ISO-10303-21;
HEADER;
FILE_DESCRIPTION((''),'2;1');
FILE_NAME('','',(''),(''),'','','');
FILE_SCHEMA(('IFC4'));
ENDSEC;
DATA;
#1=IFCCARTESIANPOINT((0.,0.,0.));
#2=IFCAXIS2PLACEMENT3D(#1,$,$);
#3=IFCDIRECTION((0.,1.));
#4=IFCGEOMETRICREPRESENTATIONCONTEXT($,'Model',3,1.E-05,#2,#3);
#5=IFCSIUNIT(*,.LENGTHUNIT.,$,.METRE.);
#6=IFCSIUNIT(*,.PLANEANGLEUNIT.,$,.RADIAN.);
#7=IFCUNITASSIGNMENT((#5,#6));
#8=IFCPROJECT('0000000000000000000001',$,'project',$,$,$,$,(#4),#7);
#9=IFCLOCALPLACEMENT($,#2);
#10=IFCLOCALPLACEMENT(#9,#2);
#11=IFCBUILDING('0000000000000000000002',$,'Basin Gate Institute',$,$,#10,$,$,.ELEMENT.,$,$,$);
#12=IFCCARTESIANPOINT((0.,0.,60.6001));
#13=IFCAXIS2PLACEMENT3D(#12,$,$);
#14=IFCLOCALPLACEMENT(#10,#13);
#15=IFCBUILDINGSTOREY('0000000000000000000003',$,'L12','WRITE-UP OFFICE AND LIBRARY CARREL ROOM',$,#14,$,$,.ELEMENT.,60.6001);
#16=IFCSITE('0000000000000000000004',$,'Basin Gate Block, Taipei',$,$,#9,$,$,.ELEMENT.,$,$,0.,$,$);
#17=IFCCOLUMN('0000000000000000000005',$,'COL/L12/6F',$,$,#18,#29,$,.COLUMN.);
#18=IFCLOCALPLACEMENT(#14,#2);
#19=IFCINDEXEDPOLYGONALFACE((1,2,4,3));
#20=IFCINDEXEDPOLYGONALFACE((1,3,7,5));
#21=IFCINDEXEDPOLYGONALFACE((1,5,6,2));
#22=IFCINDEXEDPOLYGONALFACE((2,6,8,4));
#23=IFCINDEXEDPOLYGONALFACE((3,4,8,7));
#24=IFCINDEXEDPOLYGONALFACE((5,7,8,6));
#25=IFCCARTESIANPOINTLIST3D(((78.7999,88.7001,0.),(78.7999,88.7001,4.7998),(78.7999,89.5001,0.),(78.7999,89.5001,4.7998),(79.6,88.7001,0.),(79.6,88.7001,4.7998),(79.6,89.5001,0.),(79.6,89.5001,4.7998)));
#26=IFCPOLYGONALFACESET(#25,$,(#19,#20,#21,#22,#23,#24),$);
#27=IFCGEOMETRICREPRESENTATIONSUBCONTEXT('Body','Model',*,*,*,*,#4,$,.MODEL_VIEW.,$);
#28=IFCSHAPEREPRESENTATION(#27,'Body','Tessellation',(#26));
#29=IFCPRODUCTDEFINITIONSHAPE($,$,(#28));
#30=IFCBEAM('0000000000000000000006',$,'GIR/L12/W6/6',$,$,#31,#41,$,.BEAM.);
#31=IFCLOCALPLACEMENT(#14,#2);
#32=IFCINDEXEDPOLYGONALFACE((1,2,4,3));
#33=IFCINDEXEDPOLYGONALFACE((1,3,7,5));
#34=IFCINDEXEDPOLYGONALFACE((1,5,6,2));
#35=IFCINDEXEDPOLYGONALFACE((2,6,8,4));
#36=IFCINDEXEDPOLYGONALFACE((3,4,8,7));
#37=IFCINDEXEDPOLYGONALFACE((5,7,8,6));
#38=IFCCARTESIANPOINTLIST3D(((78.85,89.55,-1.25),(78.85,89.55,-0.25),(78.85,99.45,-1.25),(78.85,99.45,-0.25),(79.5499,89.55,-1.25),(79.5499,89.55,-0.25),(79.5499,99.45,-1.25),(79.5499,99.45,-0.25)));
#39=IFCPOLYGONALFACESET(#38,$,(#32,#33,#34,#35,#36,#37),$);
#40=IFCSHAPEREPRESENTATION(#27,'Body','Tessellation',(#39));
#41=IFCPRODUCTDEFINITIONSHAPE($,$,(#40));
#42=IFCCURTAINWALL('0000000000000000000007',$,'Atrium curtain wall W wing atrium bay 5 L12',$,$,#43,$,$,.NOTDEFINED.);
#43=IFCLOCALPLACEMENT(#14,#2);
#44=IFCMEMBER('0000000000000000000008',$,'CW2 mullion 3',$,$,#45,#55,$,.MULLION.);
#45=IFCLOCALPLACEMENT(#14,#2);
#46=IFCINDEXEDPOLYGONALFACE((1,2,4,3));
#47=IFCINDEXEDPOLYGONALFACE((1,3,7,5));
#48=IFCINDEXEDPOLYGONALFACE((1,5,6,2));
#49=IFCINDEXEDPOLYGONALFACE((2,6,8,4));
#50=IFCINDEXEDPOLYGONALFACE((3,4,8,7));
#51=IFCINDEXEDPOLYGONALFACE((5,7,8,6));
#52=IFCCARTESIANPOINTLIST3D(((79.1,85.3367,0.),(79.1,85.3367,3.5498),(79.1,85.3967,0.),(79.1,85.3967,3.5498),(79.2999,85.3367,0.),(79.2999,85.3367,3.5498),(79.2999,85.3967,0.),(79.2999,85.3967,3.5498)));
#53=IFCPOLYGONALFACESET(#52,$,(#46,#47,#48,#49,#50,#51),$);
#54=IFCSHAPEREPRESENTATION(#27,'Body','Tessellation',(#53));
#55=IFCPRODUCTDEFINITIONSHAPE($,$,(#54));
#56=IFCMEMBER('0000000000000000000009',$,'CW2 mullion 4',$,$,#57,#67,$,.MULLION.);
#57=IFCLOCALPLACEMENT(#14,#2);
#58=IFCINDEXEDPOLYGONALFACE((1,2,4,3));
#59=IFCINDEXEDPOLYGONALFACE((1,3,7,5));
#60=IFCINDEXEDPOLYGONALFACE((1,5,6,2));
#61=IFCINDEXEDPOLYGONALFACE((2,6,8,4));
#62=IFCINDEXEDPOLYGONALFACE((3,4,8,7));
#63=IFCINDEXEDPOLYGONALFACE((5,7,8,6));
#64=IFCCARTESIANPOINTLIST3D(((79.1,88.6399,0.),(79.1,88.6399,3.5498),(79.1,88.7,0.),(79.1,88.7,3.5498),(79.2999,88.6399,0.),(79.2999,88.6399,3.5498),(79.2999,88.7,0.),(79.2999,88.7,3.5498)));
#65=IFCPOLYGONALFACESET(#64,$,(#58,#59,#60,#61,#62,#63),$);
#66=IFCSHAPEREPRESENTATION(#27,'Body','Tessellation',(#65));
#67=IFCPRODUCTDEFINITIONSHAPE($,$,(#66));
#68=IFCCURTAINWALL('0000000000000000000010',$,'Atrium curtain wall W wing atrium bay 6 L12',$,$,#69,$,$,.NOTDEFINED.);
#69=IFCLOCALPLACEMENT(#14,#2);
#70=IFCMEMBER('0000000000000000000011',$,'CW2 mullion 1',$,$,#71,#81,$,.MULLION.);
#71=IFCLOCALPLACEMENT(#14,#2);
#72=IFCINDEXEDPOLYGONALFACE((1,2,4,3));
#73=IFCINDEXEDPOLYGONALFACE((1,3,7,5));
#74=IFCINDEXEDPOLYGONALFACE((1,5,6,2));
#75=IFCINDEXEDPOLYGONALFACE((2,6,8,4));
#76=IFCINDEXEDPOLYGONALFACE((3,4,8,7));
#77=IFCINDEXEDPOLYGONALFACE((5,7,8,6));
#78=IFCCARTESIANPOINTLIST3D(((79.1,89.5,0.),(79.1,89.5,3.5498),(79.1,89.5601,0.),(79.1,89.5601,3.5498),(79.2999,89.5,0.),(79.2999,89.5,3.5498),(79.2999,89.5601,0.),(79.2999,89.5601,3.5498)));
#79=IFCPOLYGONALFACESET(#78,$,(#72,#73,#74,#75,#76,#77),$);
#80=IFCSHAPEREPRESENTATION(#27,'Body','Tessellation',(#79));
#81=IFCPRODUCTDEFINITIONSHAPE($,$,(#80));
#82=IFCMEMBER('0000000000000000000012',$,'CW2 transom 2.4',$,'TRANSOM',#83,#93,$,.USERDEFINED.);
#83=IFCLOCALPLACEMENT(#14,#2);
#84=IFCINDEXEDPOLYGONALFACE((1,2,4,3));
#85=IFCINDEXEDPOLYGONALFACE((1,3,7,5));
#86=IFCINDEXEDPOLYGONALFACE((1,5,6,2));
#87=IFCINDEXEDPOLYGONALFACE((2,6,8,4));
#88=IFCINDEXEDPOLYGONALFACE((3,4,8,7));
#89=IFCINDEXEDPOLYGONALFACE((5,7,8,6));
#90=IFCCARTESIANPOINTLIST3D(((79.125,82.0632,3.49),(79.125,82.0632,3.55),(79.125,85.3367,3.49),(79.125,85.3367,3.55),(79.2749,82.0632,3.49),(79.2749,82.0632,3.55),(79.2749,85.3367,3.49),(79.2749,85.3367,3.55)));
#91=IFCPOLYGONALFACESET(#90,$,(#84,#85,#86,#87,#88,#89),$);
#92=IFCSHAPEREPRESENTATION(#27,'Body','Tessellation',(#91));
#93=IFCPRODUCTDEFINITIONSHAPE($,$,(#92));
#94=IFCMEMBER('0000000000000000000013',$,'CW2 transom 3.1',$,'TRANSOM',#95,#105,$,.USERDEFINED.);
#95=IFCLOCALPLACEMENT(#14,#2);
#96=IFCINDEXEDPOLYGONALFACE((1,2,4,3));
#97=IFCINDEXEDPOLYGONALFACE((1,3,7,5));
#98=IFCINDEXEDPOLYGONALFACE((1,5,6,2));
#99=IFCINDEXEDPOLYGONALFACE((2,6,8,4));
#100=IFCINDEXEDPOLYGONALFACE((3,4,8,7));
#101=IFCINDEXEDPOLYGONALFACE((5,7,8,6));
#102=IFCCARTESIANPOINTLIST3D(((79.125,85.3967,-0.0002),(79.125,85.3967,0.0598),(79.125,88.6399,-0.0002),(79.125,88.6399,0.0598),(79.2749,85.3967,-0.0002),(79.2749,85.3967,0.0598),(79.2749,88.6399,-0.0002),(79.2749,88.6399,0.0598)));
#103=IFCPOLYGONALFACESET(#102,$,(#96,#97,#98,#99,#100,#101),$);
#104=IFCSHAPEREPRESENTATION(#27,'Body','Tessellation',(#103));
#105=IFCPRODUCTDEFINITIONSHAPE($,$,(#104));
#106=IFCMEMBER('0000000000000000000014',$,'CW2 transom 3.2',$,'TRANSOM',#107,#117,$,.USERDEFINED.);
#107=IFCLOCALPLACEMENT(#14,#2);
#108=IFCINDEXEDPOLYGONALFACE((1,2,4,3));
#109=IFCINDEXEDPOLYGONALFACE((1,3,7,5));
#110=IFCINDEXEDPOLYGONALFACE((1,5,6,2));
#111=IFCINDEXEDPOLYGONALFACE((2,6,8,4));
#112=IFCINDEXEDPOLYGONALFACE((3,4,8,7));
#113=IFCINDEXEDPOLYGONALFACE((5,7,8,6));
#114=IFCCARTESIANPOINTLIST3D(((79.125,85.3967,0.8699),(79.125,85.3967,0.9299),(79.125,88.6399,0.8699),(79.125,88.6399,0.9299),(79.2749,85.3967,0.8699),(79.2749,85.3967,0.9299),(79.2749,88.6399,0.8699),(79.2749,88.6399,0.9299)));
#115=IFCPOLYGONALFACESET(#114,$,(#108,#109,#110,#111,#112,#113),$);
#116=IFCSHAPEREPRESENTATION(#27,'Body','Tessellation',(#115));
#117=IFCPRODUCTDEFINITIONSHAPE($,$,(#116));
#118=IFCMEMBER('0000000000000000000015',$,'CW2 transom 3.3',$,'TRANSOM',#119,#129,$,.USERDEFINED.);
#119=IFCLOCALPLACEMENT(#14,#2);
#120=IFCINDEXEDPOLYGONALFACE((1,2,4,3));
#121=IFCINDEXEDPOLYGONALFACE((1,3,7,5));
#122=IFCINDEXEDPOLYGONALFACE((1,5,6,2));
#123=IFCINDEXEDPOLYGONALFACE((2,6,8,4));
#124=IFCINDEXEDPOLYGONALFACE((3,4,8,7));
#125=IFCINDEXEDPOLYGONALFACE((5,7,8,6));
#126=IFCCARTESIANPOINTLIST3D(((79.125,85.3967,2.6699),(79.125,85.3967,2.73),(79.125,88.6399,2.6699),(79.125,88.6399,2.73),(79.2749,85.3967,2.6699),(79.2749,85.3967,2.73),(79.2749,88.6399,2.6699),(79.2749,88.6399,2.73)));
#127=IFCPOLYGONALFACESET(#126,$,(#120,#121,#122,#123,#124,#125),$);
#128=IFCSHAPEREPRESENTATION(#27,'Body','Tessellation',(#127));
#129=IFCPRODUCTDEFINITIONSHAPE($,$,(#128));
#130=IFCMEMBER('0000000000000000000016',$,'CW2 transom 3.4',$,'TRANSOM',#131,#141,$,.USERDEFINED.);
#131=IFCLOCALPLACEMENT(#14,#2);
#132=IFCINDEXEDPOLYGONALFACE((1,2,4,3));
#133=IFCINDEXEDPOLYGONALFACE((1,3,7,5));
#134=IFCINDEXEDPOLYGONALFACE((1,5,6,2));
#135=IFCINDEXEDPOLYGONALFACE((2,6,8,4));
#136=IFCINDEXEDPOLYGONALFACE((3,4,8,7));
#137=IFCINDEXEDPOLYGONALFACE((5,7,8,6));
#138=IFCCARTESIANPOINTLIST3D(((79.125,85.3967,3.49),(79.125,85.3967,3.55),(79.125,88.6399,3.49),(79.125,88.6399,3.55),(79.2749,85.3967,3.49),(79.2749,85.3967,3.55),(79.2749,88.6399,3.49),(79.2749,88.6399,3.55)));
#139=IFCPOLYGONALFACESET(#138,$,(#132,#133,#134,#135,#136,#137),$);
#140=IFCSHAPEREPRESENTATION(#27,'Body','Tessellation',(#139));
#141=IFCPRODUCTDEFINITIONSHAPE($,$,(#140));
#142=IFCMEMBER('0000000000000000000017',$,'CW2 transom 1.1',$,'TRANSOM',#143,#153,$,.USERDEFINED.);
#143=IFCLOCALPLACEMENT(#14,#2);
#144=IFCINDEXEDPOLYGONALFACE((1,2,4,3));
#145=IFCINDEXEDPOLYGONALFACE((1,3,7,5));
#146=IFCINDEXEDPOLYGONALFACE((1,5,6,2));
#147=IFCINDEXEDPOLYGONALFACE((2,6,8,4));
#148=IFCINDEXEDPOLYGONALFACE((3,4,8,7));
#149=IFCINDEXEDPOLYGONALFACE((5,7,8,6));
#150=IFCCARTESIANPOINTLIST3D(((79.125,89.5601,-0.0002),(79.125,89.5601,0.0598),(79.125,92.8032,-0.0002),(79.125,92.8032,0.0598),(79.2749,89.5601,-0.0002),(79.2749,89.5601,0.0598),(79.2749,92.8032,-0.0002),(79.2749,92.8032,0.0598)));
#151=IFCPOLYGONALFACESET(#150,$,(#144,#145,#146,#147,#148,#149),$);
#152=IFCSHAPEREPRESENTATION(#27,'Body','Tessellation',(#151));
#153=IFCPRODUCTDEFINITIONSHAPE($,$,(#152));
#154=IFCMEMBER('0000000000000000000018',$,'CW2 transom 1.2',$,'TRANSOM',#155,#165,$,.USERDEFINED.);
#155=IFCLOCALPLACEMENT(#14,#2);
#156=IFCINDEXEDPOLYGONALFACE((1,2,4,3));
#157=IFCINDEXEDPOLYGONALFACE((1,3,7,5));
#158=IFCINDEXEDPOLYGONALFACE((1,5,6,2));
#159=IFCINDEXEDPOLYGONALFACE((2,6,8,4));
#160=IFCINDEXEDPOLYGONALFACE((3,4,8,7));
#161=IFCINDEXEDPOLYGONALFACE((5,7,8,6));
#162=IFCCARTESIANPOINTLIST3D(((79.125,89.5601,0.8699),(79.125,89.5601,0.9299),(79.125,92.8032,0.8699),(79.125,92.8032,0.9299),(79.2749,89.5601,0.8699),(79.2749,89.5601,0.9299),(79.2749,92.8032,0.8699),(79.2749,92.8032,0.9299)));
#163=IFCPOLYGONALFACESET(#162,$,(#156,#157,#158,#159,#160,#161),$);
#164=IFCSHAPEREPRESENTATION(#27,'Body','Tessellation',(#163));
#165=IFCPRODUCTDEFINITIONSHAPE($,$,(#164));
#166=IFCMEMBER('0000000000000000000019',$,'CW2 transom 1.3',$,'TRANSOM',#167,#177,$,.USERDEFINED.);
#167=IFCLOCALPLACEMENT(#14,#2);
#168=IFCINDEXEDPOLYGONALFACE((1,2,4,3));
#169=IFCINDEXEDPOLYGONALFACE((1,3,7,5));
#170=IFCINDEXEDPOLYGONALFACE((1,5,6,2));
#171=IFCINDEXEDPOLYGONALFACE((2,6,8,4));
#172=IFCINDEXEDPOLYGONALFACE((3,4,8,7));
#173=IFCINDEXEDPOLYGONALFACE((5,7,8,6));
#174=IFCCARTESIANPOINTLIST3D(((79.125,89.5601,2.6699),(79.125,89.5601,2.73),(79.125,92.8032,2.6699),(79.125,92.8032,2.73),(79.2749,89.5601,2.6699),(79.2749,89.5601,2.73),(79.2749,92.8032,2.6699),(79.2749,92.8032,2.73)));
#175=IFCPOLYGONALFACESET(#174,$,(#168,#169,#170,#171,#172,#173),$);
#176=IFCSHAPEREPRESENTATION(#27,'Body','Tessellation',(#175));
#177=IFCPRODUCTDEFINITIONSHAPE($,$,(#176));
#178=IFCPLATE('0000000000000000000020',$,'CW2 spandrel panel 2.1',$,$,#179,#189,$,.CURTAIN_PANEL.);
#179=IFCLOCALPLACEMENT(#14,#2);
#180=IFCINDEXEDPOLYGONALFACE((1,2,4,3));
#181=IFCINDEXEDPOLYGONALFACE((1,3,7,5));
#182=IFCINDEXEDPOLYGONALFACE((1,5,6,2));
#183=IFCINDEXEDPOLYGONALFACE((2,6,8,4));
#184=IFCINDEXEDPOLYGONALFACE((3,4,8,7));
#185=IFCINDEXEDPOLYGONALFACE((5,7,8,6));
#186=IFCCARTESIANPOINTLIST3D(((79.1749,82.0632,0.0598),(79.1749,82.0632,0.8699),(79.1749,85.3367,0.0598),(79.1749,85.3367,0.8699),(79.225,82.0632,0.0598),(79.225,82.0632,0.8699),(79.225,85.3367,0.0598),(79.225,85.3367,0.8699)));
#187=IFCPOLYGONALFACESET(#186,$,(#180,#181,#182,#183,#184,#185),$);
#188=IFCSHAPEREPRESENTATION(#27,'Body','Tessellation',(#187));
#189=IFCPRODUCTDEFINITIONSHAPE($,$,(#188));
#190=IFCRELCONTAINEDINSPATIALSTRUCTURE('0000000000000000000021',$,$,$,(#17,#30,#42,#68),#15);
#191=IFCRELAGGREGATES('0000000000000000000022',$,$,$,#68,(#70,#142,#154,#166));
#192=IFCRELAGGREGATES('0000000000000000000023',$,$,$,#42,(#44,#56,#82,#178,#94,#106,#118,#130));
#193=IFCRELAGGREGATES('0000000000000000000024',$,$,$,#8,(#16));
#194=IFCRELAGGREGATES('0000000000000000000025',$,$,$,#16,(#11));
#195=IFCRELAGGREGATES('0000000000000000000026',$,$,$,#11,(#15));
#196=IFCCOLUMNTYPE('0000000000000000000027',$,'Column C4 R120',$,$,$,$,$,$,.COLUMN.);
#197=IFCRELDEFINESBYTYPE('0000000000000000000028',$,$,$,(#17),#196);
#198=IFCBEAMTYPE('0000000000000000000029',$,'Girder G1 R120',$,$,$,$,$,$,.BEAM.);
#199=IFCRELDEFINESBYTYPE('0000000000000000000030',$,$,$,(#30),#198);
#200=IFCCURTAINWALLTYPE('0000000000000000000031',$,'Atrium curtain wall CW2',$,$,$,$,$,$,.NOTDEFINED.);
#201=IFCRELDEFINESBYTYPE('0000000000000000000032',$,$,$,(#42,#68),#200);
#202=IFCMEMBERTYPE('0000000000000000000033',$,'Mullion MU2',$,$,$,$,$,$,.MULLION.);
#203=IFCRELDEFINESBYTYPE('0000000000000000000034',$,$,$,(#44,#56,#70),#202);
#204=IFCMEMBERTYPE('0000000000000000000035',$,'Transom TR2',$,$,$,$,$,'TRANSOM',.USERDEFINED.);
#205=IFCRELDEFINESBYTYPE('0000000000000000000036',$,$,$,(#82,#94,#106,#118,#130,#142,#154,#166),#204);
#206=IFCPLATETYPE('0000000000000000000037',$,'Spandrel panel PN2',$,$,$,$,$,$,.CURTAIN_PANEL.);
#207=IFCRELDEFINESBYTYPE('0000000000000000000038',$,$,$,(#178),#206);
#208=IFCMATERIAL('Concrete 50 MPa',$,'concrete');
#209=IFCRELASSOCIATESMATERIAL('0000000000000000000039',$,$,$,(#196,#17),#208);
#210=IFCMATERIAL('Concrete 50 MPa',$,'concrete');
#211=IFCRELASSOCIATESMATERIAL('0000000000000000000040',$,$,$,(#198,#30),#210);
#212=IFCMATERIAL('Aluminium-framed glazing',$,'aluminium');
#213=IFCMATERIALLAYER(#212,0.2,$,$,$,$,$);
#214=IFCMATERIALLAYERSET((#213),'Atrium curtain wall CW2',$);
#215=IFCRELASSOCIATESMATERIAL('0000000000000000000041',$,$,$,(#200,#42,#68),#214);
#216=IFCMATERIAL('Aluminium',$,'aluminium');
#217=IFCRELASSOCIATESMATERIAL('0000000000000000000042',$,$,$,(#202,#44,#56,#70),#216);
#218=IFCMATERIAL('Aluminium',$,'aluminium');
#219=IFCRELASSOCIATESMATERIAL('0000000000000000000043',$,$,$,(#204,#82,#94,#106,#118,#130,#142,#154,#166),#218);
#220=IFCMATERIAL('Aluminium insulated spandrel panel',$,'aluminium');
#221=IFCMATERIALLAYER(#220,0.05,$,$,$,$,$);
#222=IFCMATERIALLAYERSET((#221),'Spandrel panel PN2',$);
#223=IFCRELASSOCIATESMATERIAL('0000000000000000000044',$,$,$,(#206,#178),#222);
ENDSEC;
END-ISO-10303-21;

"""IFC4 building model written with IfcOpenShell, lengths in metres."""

from ifc_helpers import new_model, si_unit, direction, frame, origin, origin_2d, place, context, subcontext, project, spatial, rectangle, extrude, material, layer, layer_set, material_profile, profile_set, type_object, element, aggregate, save


model = new_model("IFC4")

# Units and contexts
model_context = context("Model", 3, precision=1e-05, world=origin(), true_north=direction((0.0, 1.0)))
body_context = subcontext(model_context, "Body", "Model", "MODEL_VIEW")
ifc_project = project(units=[si_unit("LENGTHUNIT", "METRE"), si_unit("PLANEANGLEUNIT", "RADIAN")], contexts=[model_context])

# Site, building, storey
site_placement = place(None, origin())
site = spatial("IfcSite", under=ifc_project, at=site_placement, Name="Basin Gate Block, Taipei", CompositionType="ELEMENT", RefElevation=0.0)
building_placement = place(site_placement, origin())
building = spatial("IfcBuilding", under=site, at=building_placement, Name="Basin Gate Institute", CompositionType="ELEMENT")
storey_placement = place(building_placement, frame((0.0, 0.0, 60.6001)))
storey = spatial("IfcBuildingStorey", under=building, at=storey_placement, Name="L12", Description="WRITE-UP OFFICE AND LIBRARY CARREL ROOM", CompositionType="ELEMENT", Elevation=60.6001)

# Column
ifc_material_1 = material(Name="Concrete 50 MPa", Category="concrete")
ifc_material_profile_1 = material_profile(ifc_material_1, rectangle(XDim=0.8, YDim=0.8, at=origin_2d()), Name="Column C4 800 x 800")
ifc_profile_set_1 = profile_set([ifc_material_profile_1], Name="Concrete 50 MPa")
column_type = type_object("IfcColumnType", Name="Column C4 R120", PredefinedType="COLUMN", material=ifc_profile_set_1)
column_placement = place(storey_placement, frame((79.2, 89.1001, 0.0), z_axis=(0.0, 0.0, 1.0), x_axis=(1.0, 0.0, 0.0)))
element("IfcColumn", 1, at=column_placement, inside=storey, type_object=column_type, material=ifc_profile_set_1, Name="COL/L12/6F", PredefinedType="COLUMN", context=body_context, shape_type="SweptSolid", body=[
    extrude(rectangle(XDim=0.8, YDim=0.8, at=origin_2d()), origin(), (0.0, 0.0, 1.0), 4.7998),
])

# Beam
ifc_material_2 = material(Name="Concrete 50 MPa", Category="concrete")
ifc_material_profile_2 = material_profile(ifc_material_2, rectangle(XDim=0.7, YDim=1.0, at=origin_2d()), Name="Girder G1 700 x 1000")
ifc_profile_set_2 = profile_set([ifc_material_profile_2], Name="Concrete 50 MPa")
beam_type = type_object("IfcBeamType", Name="Girder G1 R120", PredefinedType="BEAM", material=ifc_profile_set_2)
beam_placement = place(storey_placement, frame((79.2, 89.55, -0.75), z_axis=(0.0, 1.0, 0.0), x_axis=(-1.0, 0.0, 0.0)))
element("IfcBeam", 2, at=beam_placement, inside=storey, type_object=beam_type, material=ifc_profile_set_2, Name="GIR/L12/W6/6", PredefinedType="BEAM", context=body_context, shape_type="SweptSolid", body=[
    extrude(rectangle(XDim=0.7, YDim=1.0, at=origin_2d()), origin(), (0.0, 0.0, 1.0), 9.8999),
])

# Curtain wall, members
ifc_material_3 = material(Name="Aluminium-framed glazing", Category="aluminium")
ifc_layer_1 = layer(ifc_material_3, 0.2)
ifc_layer_set_1 = layer_set([ifc_layer_1], Name="Atrium curtain wall CW2")
curtain_wall_type = type_object("IfcCurtainWallType", Name="Atrium curtain wall CW2", PredefinedType="NOTDEFINED", material=ifc_layer_set_1)
curtain_wall_1_placement = place(storey_placement, origin())
curtain_wall_1 = element("IfcCurtainWall", 3, at=curtain_wall_1_placement, inside=storey, type_object=curtain_wall_type, material=ifc_layer_set_1, Name="Atrium curtain wall W wing atrium bay 5 L12", PredefinedType="NOTDEFINED")
ifc_material_4 = material(Name="Aluminium", Category="aluminium")
ifc_material_profile_3 = material_profile(ifc_material_4, rectangle(XDim=0.2, YDim=0.0601, at=origin_2d()), Name="Mullion MU2 200 x 60")
ifc_profile_set_3 = profile_set([ifc_material_profile_3], Name="Aluminium")
member_type_1 = type_object("IfcMemberType", Name="Mullion MU2", PredefinedType="MULLION", material=ifc_profile_set_3)
member_1_placement = place(storey_placement, frame((79.2, 85.3667, 0.0), z_axis=(0.0, 0.0, 1.0), x_axis=(-1.0, 0.0, 0.0)))
member_1 = element("IfcMember", 4, at=member_1_placement, type_object=member_type_1, material=ifc_profile_set_3, Name="CW2 mullion 3", PredefinedType="MULLION", context=body_context, shape_type="SweptSolid", body=[
    extrude(rectangle(XDim=0.2, YDim=0.0601, at=origin_2d()), origin(), (0.0, 0.0, 1.0), 3.5498),
])
member_2_placement = place(storey_placement, frame((79.2, 88.6699, 0.0), z_axis=(0.0, 0.0, 1.0), x_axis=(-1.0, 0.0, 0.0)))
member_2 = element("IfcMember", 5, at=member_2_placement, type_object=member_type_1, material=ifc_profile_set_3, Name="CW2 mullion 4", PredefinedType="MULLION", context=body_context, shape_type="SweptSolid", body=[
    extrude(rectangle(XDim=0.2, YDim=0.0601, at=origin_2d()), origin(), (0.0, 0.0, 1.0), 3.5498),
])

# Curtain wall, member
curtain_wall_2_placement = place(storey_placement, origin())
curtain_wall_2 = element("IfcCurtainWall", 6, at=curtain_wall_2_placement, inside=storey, type_object=curtain_wall_type, material=ifc_layer_set_1, Name="Atrium curtain wall W wing atrium bay 6 L12", PredefinedType="NOTDEFINED")
member_3_placement = place(storey_placement, frame((79.2, 89.53, 0.0), z_axis=(0.0, 0.0, 1.0), x_axis=(-1.0, 0.0, 0.0)))
member_3 = element("IfcMember", 7, at=member_3_placement, type_object=member_type_1, material=ifc_profile_set_3, Name="CW2 mullion 1", PredefinedType="MULLION", context=body_context, shape_type="SweptSolid", body=[
    extrude(rectangle(XDim=0.2, YDim=0.0601, at=origin_2d()), origin(), (0.0, 0.0, 1.0), 3.5498),
])

# Members
ifc_material_5 = material(Name="Aluminium", Category="aluminium")
ifc_material_profile_4 = material_profile(ifc_material_5, rectangle(XDim=0.1499, YDim=0.0601, at=origin_2d()), Name="Transom TR2 150 x 60")
ifc_profile_set_4 = profile_set([ifc_material_profile_4], Name="Aluminium")
member_type_2 = type_object("IfcMemberType", Name="Transom TR2", ElementType="TRANSOM", PredefinedType="USERDEFINED", material=ifc_profile_set_4)
member_4_placement = place(storey_placement, frame((79.2, 82.0632, 3.52), z_axis=(0.0, 1.0, 0.0), x_axis=(-1.0, 0.0, 0.0)))
member_4 = element("IfcMember", 8, at=member_4_placement, type_object=member_type_2, material=ifc_profile_set_4, Name="CW2 transom 2.4", ObjectType="TRANSOM", PredefinedType="USERDEFINED", context=body_context, shape_type="SweptSolid", body=[
    extrude(rectangle(XDim=0.1499, YDim=0.0601, at=origin_2d()), origin(), (0.0, 0.0, 1.0), 3.2734),
])
member_5_placement = place(storey_placement, frame((79.2, 85.3967, 0.0298), z_axis=(0.0, 1.0, 0.0), x_axis=(-1.0, 0.0, 0.0)))
member_5 = element("IfcMember", 9, at=member_5_placement, type_object=member_type_2, material=ifc_profile_set_4, Name="CW2 transom 3.1", ObjectType="TRANSOM", PredefinedType="USERDEFINED", context=body_context, shape_type="SweptSolid", body=[
    extrude(rectangle(XDim=0.1499, YDim=0.0601, at=origin_2d()), origin(), (0.0, 0.0, 1.0), 3.2432),
])
member_6_placement = place(storey_placement, frame((79.2, 85.3967, 0.8999), z_axis=(0.0, 1.0, 0.0), x_axis=(-1.0, 0.0, 0.0)))
member_6 = element("IfcMember", 10, at=member_6_placement, type_object=member_type_2, material=ifc_profile_set_4, Name="CW2 transom 3.2", ObjectType="TRANSOM", PredefinedType="USERDEFINED", context=body_context, shape_type="SweptSolid", body=[
    extrude(rectangle(XDim=0.1499, YDim=0.0601, at=origin_2d()), origin(), (0.0, 0.0, 1.0), 3.2432),
])
member_7_placement = place(storey_placement, frame((79.2, 85.3967, 2.7), z_axis=(0.0, 1.0, 0.0), x_axis=(-1.0, 0.0, 0.0)))
member_7 = element("IfcMember", 11, at=member_7_placement, type_object=member_type_2, material=ifc_profile_set_4, Name="CW2 transom 3.3", ObjectType="TRANSOM", PredefinedType="USERDEFINED", context=body_context, shape_type="SweptSolid", body=[
    extrude(rectangle(XDim=0.1499, YDim=0.0601, at=origin_2d()), origin(), (0.0, 0.0, 1.0), 3.2432),
])
member_8_placement = place(storey_placement, frame((79.2, 85.3967, 3.52), z_axis=(0.0, 1.0, 0.0), x_axis=(-1.0, 0.0, 0.0)))
member_8 = element("IfcMember", 12, at=member_8_placement, type_object=member_type_2, material=ifc_profile_set_4, Name="CW2 transom 3.4", ObjectType="TRANSOM", PredefinedType="USERDEFINED", context=body_context, shape_type="SweptSolid", body=[
    extrude(rectangle(XDim=0.1499, YDim=0.0601, at=origin_2d()), origin(), (0.0, 0.0, 1.0), 3.2432),
])
member_9_placement = place(storey_placement, frame((79.2, 89.5601, 0.0298), z_axis=(0.0, 1.0, 0.0), x_axis=(-1.0, 0.0, 0.0)))
member_9 = element("IfcMember", 13, at=member_9_placement, type_object=member_type_2, material=ifc_profile_set_4, Name="CW2 transom 1.1", ObjectType="TRANSOM", PredefinedType="USERDEFINED", context=body_context, shape_type="SweptSolid", body=[
    extrude(rectangle(XDim=0.1499, YDim=0.0601, at=origin_2d()), origin(), (0.0, 0.0, 1.0), 3.2432),
])
member_10_placement = place(storey_placement, frame((79.2, 89.5601, 0.8999), z_axis=(0.0, 1.0, 0.0), x_axis=(-1.0, 0.0, 0.0)))
member_10 = element("IfcMember", 14, at=member_10_placement, type_object=member_type_2, material=ifc_profile_set_4, Name="CW2 transom 1.2", ObjectType="TRANSOM", PredefinedType="USERDEFINED", context=body_context, shape_type="SweptSolid", body=[
    extrude(rectangle(XDim=0.1499, YDim=0.0601, at=origin_2d()), origin(), (0.0, 0.0, 1.0), 3.2432),
])
member_11_placement = place(storey_placement, frame((79.2, 89.5601, 2.7), z_axis=(0.0, 1.0, 0.0), x_axis=(-1.0, 0.0, 0.0)))
member_11 = element("IfcMember", 15, at=member_11_placement, type_object=member_type_2, material=ifc_profile_set_4, Name="CW2 transom 1.3", ObjectType="TRANSOM", PredefinedType="USERDEFINED", context=body_context, shape_type="SweptSolid", body=[
    extrude(rectangle(XDim=0.1499, YDim=0.0601, at=origin_2d()), origin(), (0.0, 0.0, 1.0), 3.2432),
])
aggregate(curtain_wall_2, [member_3, member_9, member_10, member_11])

# Plate
ifc_material_6 = material(Name="Aluminium insulated spandrel panel", Category="aluminium")
ifc_layer_2 = layer(ifc_material_6, 0.05)
ifc_layer_set_2 = layer_set([ifc_layer_2], Name="Spandrel panel PN2")
plate_type_1 = type_object("IfcPlateType", Name="Spandrel panel PN2", PredefinedType="CURTAIN_PANEL", material=ifc_layer_set_2)
plate_1_placement = place(storey_placement, frame((79.2, 83.7, 0.0598), z_axis=(0.0, 0.0, 1.0), x_axis=(0.0, 1.0, 0.0)))
plate_1 = element("IfcPlate", 16, at=plate_1_placement, type_object=plate_type_1, material=ifc_layer_set_2, Name="CW2 spandrel panel 2.1", PredefinedType="CURTAIN_PANEL", context=body_context, shape_type="SweptSolid", body=[
    extrude(rectangle(XDim=3.2734, YDim=0.05, at=origin_2d()), origin(), (0.0, 0.0, 1.0), 0.8101),
])
aggregate(curtain_wall_1, [member_1, member_2, member_4, plate_1, member_5, member_6, member_7, member_8])

save(model, "model.ifc")
